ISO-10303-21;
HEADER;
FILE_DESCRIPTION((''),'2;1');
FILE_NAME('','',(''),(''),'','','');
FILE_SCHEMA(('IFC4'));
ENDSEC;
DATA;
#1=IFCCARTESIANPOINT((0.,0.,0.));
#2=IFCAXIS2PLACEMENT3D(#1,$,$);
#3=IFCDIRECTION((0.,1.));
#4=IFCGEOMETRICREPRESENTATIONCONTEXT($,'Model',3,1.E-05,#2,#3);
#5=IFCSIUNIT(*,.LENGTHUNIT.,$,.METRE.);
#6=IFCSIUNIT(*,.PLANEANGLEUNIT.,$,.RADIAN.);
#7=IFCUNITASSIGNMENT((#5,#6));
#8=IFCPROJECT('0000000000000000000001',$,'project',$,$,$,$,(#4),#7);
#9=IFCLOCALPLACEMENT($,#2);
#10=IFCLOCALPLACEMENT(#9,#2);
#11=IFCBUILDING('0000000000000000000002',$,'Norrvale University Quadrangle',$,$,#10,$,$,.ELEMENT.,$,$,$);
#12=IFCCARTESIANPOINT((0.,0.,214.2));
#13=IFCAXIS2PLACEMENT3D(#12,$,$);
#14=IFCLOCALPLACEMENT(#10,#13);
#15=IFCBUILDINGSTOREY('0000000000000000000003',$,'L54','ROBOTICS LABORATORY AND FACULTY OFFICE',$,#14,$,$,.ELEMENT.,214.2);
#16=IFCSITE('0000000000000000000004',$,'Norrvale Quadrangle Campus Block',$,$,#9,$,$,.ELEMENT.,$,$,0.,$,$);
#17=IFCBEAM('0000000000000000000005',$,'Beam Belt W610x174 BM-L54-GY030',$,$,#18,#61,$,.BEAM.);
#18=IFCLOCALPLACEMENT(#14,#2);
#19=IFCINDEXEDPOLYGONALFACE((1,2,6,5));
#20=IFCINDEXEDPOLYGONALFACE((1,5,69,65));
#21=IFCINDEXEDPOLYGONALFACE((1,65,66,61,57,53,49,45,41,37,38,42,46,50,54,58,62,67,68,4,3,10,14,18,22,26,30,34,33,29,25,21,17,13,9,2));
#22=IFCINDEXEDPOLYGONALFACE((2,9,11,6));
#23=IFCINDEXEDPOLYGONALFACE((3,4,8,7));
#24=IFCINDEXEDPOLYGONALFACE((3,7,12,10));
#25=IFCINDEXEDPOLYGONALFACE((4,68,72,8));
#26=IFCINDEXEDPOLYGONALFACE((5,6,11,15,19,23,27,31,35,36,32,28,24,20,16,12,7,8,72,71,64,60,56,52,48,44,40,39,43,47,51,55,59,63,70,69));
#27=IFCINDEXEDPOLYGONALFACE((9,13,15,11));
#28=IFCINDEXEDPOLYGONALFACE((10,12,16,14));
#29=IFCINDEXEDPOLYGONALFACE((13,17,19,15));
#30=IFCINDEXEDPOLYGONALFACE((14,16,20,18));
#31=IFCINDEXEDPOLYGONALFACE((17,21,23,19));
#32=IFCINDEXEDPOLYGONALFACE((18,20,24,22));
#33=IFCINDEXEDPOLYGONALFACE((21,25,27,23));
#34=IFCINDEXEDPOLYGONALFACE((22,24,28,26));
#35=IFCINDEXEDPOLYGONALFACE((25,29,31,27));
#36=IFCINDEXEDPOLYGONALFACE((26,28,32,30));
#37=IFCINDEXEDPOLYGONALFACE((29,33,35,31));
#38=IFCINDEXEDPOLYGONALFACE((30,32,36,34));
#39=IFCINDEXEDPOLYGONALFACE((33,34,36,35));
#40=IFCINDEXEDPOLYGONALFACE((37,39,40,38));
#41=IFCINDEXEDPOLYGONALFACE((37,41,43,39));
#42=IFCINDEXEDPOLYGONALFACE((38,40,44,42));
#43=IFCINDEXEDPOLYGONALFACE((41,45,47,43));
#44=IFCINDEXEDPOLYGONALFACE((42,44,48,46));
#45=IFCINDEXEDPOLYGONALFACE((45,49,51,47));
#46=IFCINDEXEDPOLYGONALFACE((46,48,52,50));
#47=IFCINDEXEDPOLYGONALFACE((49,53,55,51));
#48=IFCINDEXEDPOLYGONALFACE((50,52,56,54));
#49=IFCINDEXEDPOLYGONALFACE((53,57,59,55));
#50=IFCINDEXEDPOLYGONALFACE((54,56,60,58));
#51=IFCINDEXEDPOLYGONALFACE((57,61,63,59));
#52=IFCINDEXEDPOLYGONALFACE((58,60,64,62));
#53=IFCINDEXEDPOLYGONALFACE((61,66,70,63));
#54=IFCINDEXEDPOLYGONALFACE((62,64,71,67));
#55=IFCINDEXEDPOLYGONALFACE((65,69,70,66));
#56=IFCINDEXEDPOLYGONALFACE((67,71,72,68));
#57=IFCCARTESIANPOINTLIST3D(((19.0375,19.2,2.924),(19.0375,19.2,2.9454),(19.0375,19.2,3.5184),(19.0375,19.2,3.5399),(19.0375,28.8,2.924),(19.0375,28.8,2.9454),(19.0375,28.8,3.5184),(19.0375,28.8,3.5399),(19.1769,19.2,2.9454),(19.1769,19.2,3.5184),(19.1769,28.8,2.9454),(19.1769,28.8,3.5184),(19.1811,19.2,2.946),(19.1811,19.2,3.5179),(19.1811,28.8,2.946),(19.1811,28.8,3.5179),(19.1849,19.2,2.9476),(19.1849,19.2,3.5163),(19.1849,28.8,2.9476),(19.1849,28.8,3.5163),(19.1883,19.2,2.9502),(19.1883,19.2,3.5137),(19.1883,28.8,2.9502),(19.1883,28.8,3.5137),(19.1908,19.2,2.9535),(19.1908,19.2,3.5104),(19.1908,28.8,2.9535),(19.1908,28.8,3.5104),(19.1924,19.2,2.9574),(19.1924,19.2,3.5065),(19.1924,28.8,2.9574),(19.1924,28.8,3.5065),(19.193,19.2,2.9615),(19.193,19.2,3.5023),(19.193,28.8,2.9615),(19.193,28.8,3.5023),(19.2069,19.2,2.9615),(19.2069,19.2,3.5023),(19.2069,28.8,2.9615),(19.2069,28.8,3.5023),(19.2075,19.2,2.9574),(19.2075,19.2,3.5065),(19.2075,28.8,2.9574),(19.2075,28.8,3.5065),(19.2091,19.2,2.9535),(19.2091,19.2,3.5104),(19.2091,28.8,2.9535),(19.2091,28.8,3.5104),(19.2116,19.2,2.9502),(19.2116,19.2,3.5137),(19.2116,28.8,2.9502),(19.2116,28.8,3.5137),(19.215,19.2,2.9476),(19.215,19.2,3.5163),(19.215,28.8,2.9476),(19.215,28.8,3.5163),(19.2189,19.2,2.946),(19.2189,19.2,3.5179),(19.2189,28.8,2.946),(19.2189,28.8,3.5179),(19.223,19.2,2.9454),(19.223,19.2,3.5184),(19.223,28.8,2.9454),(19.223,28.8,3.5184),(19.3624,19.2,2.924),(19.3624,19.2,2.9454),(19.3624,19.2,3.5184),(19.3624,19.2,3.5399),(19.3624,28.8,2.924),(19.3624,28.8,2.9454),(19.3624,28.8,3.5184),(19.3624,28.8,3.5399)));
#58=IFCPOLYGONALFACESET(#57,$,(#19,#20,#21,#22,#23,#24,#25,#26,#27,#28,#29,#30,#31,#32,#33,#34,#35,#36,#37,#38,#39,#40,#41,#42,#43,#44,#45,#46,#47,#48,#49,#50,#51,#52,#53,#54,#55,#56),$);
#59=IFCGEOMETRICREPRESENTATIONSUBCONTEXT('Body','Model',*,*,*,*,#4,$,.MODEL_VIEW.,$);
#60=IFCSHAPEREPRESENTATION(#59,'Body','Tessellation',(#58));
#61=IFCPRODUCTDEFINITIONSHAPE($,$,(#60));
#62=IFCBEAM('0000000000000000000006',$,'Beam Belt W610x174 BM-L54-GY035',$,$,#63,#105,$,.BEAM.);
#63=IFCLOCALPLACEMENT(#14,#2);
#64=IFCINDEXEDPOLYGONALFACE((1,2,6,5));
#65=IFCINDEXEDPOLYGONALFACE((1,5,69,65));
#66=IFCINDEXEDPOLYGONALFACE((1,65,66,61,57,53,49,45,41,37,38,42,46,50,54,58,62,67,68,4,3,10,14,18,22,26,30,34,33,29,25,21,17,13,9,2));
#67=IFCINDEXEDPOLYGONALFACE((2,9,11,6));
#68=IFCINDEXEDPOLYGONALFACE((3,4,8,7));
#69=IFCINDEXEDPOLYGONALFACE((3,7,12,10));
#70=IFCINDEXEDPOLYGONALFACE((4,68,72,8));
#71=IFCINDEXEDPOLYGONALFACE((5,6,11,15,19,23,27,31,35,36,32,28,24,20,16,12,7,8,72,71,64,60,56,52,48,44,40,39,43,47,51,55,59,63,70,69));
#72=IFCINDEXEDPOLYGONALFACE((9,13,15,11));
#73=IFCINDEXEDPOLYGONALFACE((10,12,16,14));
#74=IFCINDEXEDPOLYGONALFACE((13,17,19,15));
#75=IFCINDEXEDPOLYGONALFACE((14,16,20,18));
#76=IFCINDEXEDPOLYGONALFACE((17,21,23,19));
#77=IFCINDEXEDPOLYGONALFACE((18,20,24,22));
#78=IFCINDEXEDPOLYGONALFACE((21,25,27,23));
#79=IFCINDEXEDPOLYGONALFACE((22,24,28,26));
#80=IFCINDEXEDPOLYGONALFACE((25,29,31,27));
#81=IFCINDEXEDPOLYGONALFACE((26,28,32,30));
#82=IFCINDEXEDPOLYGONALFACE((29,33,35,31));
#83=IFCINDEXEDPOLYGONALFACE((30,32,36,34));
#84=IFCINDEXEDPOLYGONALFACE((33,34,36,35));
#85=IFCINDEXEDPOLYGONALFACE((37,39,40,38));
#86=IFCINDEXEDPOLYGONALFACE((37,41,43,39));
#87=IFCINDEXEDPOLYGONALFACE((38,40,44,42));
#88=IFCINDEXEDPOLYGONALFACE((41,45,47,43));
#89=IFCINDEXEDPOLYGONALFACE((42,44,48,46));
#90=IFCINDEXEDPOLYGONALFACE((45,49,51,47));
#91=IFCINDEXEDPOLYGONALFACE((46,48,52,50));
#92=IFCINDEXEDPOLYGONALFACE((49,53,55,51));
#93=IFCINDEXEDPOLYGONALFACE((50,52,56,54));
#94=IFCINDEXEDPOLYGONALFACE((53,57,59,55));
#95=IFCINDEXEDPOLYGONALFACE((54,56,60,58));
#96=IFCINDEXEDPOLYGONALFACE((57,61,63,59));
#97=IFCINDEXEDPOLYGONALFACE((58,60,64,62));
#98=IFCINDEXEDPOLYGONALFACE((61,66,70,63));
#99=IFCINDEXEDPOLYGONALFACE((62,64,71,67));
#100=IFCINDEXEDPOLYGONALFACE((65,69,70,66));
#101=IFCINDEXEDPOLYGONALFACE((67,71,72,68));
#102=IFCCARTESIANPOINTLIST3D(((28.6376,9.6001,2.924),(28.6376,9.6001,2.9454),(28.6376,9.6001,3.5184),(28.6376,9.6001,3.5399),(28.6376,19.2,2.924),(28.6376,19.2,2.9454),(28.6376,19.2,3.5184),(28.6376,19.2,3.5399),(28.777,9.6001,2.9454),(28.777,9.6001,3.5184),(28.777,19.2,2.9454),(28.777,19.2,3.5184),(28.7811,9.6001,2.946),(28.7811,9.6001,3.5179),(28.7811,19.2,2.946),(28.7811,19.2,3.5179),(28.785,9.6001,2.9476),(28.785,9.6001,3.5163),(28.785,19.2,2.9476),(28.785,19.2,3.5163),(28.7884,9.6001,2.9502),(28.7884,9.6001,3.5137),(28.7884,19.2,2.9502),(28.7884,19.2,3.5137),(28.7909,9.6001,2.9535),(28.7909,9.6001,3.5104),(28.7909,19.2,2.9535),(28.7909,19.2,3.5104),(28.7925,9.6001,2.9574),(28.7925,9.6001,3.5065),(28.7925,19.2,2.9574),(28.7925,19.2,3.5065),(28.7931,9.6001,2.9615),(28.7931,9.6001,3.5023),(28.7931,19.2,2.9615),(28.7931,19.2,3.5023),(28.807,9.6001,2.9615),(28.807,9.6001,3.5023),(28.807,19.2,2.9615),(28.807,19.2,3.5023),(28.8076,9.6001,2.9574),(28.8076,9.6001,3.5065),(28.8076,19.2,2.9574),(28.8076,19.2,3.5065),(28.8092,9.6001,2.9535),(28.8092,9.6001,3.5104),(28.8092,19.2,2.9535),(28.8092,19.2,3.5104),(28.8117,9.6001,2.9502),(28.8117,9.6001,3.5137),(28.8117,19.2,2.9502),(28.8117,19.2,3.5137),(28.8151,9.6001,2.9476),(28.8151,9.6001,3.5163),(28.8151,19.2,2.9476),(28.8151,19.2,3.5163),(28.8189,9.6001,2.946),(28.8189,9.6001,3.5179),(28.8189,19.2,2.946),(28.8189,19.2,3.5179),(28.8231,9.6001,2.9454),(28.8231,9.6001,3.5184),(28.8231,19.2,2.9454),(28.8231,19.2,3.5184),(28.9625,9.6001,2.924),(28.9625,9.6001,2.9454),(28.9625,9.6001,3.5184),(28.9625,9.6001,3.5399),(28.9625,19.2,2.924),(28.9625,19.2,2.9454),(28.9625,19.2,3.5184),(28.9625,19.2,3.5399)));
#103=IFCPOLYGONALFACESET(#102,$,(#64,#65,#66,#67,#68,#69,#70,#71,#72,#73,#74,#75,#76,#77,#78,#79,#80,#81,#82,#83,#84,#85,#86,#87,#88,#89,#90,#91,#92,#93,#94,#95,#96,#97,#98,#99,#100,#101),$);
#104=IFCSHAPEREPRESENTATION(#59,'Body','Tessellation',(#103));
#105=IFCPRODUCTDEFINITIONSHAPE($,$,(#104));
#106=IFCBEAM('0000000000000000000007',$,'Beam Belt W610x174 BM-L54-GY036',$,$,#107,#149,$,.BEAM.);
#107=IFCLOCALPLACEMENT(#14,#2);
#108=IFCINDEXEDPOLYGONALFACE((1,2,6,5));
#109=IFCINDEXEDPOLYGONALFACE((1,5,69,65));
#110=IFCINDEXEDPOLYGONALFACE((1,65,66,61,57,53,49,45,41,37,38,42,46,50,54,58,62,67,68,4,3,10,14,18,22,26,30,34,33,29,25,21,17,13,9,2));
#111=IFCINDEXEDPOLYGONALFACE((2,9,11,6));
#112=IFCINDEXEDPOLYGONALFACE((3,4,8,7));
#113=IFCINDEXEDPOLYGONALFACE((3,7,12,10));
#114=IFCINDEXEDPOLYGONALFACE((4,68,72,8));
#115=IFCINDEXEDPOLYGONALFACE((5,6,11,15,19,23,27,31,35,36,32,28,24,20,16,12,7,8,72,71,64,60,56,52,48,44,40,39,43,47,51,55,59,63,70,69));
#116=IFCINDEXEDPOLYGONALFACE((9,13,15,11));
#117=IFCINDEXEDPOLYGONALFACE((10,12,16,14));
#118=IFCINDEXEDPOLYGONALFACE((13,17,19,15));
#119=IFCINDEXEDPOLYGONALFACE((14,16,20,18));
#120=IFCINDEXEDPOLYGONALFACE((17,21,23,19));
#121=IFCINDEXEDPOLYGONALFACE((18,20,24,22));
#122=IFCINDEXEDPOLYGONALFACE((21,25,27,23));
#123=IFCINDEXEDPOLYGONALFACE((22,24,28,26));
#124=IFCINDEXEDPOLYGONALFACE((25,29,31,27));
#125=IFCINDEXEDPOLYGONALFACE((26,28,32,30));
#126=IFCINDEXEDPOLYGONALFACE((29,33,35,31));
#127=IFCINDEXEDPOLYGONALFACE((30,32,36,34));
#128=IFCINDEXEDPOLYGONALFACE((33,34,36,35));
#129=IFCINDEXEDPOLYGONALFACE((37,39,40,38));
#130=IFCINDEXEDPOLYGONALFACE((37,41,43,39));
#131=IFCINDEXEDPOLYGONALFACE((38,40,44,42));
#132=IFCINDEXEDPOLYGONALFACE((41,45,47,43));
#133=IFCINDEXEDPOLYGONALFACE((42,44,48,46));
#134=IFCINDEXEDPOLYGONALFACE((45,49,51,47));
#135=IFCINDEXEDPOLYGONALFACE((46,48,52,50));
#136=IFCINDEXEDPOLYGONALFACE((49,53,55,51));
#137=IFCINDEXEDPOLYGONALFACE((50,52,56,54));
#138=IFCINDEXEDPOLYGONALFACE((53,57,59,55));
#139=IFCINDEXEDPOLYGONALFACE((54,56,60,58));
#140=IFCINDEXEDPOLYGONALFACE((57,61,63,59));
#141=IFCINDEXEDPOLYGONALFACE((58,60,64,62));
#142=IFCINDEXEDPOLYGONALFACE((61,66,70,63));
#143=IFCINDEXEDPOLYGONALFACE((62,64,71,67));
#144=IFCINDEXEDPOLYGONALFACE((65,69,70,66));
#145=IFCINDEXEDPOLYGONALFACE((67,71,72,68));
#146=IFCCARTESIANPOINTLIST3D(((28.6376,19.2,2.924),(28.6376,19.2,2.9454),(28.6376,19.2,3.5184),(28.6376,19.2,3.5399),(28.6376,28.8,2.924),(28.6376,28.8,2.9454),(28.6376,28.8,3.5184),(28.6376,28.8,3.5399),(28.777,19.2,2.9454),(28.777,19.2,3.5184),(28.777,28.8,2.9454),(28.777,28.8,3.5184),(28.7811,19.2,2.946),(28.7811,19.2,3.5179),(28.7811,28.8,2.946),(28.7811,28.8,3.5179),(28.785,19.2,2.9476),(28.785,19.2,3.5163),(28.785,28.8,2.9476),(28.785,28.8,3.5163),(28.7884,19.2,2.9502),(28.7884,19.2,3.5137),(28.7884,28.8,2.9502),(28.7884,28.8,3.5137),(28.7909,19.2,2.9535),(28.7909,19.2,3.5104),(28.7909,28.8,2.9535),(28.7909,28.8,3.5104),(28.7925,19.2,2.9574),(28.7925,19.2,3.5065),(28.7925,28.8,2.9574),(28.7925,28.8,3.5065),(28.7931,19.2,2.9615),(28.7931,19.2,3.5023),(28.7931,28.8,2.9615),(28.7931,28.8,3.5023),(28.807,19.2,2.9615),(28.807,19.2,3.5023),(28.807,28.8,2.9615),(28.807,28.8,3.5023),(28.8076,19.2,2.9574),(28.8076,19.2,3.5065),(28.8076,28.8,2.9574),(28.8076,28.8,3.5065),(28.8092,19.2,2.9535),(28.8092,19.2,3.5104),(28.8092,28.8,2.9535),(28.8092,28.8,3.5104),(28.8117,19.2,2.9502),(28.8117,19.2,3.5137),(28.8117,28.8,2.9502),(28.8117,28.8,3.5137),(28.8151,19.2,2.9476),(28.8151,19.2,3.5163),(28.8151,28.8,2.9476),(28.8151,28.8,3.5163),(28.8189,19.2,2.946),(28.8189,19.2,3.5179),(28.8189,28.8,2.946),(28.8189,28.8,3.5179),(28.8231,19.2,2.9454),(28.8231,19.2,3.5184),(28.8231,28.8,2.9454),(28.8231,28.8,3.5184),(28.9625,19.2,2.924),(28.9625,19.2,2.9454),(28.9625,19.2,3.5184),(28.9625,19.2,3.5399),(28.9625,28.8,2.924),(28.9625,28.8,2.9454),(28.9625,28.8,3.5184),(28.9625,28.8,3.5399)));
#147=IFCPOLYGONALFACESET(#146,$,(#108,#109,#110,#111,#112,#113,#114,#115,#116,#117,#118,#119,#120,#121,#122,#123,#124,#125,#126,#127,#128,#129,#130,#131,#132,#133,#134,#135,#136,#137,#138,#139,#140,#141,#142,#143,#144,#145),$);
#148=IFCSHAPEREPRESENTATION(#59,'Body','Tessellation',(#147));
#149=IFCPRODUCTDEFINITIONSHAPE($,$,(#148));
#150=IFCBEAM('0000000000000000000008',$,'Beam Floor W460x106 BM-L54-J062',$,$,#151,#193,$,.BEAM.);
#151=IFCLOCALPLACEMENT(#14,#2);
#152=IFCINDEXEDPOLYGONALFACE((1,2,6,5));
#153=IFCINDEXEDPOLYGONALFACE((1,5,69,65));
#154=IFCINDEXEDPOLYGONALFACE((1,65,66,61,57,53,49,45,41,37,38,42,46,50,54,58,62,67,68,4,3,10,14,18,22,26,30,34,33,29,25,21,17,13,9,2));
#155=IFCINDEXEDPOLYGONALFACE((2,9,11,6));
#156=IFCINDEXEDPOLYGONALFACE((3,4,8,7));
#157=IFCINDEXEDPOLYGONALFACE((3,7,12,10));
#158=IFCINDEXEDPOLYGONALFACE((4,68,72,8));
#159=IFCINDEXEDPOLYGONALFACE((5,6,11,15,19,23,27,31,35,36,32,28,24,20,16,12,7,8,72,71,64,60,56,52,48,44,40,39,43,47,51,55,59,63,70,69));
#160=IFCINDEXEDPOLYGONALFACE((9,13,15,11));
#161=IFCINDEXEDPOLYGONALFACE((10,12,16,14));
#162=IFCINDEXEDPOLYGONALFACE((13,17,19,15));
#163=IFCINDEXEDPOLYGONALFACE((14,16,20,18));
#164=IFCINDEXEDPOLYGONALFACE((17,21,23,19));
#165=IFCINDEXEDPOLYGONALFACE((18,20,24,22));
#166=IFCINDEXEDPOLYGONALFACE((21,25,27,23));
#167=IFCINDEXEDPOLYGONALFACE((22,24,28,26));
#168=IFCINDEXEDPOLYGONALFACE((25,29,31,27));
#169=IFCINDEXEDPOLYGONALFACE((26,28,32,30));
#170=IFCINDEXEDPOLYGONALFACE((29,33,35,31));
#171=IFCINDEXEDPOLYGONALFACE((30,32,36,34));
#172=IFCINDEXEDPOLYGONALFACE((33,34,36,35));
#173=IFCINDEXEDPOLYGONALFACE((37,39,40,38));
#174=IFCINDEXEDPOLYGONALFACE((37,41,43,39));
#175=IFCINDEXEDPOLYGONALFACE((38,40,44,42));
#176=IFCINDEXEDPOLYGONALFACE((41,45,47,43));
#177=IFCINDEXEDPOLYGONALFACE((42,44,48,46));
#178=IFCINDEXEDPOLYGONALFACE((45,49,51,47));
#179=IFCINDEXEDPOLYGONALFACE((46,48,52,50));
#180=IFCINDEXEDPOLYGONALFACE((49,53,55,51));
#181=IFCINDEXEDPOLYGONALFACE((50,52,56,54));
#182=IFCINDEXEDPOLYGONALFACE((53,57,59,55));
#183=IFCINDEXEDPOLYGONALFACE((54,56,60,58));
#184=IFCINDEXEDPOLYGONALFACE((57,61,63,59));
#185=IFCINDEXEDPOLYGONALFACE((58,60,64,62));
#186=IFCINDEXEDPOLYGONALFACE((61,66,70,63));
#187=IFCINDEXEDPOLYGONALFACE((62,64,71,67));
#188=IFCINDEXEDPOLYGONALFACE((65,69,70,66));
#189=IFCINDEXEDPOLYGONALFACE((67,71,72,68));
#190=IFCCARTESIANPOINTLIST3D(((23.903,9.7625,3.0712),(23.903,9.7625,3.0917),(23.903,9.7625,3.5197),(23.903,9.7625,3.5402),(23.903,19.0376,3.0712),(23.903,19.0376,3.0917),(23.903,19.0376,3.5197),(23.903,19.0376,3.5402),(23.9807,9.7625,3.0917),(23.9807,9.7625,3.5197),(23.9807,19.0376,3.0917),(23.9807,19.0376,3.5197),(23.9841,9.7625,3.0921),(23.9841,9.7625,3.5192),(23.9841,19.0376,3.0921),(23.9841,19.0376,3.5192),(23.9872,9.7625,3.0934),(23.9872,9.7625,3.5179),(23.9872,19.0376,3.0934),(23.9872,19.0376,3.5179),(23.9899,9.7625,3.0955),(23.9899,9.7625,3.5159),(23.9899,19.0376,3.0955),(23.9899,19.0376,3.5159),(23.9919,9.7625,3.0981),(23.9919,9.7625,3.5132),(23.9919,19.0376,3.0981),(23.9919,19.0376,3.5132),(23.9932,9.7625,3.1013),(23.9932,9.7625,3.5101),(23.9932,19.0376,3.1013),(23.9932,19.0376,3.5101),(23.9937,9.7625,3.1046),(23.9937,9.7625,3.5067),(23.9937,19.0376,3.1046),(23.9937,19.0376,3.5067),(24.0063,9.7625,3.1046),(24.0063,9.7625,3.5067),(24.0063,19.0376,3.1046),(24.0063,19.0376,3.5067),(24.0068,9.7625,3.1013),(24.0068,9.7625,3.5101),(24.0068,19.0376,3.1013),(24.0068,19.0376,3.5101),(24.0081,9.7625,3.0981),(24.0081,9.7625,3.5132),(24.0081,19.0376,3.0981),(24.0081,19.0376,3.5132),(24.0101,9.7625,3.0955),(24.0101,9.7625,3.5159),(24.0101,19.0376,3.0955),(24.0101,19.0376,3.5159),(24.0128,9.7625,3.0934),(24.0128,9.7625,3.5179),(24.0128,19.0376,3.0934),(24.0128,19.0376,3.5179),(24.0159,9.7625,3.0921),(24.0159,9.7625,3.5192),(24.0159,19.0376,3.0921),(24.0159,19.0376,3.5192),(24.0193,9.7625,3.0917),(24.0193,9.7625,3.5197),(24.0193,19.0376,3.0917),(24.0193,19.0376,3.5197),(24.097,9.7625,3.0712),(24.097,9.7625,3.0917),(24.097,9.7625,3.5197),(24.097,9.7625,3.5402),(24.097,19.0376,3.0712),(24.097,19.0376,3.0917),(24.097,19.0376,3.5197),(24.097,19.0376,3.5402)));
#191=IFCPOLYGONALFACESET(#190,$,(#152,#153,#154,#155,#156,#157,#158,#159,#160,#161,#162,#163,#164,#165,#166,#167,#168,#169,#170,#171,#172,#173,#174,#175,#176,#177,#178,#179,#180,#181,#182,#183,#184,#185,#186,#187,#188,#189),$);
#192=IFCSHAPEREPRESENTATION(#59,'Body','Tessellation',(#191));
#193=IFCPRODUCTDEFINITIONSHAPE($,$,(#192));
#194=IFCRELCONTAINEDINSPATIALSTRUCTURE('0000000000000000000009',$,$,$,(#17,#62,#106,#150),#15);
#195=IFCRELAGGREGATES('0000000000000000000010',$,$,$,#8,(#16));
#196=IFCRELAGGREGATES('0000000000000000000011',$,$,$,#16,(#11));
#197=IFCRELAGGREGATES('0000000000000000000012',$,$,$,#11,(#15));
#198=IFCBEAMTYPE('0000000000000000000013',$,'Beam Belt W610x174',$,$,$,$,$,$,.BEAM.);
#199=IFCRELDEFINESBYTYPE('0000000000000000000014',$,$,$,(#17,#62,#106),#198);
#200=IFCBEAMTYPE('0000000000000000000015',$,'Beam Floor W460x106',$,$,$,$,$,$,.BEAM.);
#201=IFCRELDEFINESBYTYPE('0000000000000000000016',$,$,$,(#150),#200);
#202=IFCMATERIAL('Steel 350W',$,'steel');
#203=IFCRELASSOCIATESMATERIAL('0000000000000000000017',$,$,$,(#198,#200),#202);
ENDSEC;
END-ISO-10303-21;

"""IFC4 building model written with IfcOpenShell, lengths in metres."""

from ifc_helpers import new_model, si_unit, direction, frame, origin, origin_2d, place, context, subcontext, project, spatial, i_section, extrude, material, material_profile, profile_set, type_object, element, save


model = new_model("IFC4")

# Units and contexts
model_context = context("Model", 3, precision=1e-05, world=origin(), true_north=direction((0.0, 1.0)))
body_context = subcontext(model_context, "Body", "Model", "MODEL_VIEW")
ifc_project = project(units=[si_unit("LENGTHUNIT", "METRE"), si_unit("PLANEANGLEUNIT", "RADIAN")], contexts=[model_context])

# Site, building, storey
site_placement = place(None, origin())
site = spatial("IfcSite", under=ifc_project, at=site_placement, Name="Norrvale Quadrangle Campus Block", CompositionType="ELEMENT", RefElevation=0.0)
building_placement = place(site_placement, origin())
building = spatial("IfcBuilding", under=site, at=building_placement, Name="Norrvale University Quadrangle", CompositionType="ELEMENT")
storey_placement = place(building_placement, frame((0.0, 0.0, 214.2)))
storey = spatial("IfcBuildingStorey", under=building, at=storey_placement, Name="L54", Description="ROBOTICS LABORATORY AND FACULTY OFFICE", CompositionType="ELEMENT", Elevation=214.2)

# Beams
ifc_material_1 = material(Name="Steel 350W", Category="steel")
ifc_material_profile_1 = material_profile(ifc_material_1, i_section(OverallWidth=0.325, OverallDepth=0.616, WebThickness=0.0139, FlangeThickness=0.0215, FilletRadius=0.0161, at=origin_2d()), Name="Steel 350W")
ifc_profile_set_1 = profile_set([ifc_material_profile_1], Name="Steel 350W")
beam_type_1 = type_object("IfcBeamType", Name="Beam Belt W610x174", PredefinedType="BEAM", material=ifc_profile_set_1)
beam_1_placement = place(storey_placement, frame((19.2, 19.2, 3.2319), z_axis=(0.0, 1.0, 0.0), x_axis=(-1.0, 0.0, 0.0)))
element("IfcBeam", 1, at=beam_1_placement, inside=storey, type_object=beam_type_1, Name="Beam Belt W610x174 BM-L54-GY030", PredefinedType="BEAM", context=body_context, shape_type="SweptSolid", body=[
    extrude(i_section(OverallWidth=0.325, OverallDepth=0.616, WebThickness=0.0139, FlangeThickness=0.0215, FilletRadius=0.0161, at=origin_2d()), origin(), (0.0, 0.0, 1.0), 9.6001),
])
beam_2_placement = place(storey_placement, frame((28.8, 9.6001, 3.2319), z_axis=(0.0, 1.0, 0.0), x_axis=(-1.0, 0.0, 0.0)))
element("IfcBeam", 2, at=beam_2_placement, inside=storey, type_object=beam_type_1, Name="Beam Belt W610x174 BM-L54-GY035", PredefinedType="BEAM", context=body_context, shape_type="SweptSolid", body=[
    extrude(i_section(OverallWidth=0.325, OverallDepth=0.616, WebThickness=0.0139, FlangeThickness=0.0215, FilletRadius=0.0161, at=origin_2d()), origin(), (0.0, 0.0, 1.0), 9.5999),
])
beam_3_placement = place(storey_placement, frame((28.8, 19.2, 3.2319), z_axis=(0.0, 1.0, 0.0), x_axis=(-1.0, 0.0, 0.0)))
element("IfcBeam", 3, at=beam_3_placement, inside=storey, type_object=beam_type_1, Name="Beam Belt W610x174 BM-L54-GY036", PredefinedType="BEAM", context=body_context, shape_type="SweptSolid", body=[
    extrude(i_section(OverallWidth=0.325, OverallDepth=0.616, WebThickness=0.0139, FlangeThickness=0.0215, FilletRadius=0.0161, at=origin_2d()), origin(), (0.0, 0.0, 1.0), 9.6001),
])
ifc_material_profile_2 = material_profile(ifc_material_1, i_section(OverallWidth=0.1941, OverallDepth=0.469, WebThickness=0.0127, FlangeThickness=0.0205, FilletRadius=0.0129, at=origin_2d()), Name="Steel 350W")
ifc_profile_set_2 = profile_set([ifc_material_profile_2], Name="Steel 350W")
beam_type_2 = type_object("IfcBeamType", Name="Beam Floor W460x106", PredefinedType="BEAM", material=ifc_profile_set_2)
beam_4_placement = place(storey_placement, frame((24.0, 9.7625, 3.3057), z_axis=(0.0, 1.0, 0.0), x_axis=(-1.0, 0.0, 0.0)))
element("IfcBeam", 4, at=beam_4_placement, inside=storey, type_object=beam_type_2, Name="Beam Floor W460x106 BM-L54-J062", PredefinedType="BEAM", context=body_context, shape_type="SweptSolid", body=[
    extrude(i_section(OverallWidth=0.1941, OverallDepth=0.469, WebThickness=0.0127, FlangeThickness=0.0205, FilletRadius=0.0129, at=origin_2d()), origin(), (0.0, 0.0, 1.0), 9.2751),
])

save(model, "model.ifc")
